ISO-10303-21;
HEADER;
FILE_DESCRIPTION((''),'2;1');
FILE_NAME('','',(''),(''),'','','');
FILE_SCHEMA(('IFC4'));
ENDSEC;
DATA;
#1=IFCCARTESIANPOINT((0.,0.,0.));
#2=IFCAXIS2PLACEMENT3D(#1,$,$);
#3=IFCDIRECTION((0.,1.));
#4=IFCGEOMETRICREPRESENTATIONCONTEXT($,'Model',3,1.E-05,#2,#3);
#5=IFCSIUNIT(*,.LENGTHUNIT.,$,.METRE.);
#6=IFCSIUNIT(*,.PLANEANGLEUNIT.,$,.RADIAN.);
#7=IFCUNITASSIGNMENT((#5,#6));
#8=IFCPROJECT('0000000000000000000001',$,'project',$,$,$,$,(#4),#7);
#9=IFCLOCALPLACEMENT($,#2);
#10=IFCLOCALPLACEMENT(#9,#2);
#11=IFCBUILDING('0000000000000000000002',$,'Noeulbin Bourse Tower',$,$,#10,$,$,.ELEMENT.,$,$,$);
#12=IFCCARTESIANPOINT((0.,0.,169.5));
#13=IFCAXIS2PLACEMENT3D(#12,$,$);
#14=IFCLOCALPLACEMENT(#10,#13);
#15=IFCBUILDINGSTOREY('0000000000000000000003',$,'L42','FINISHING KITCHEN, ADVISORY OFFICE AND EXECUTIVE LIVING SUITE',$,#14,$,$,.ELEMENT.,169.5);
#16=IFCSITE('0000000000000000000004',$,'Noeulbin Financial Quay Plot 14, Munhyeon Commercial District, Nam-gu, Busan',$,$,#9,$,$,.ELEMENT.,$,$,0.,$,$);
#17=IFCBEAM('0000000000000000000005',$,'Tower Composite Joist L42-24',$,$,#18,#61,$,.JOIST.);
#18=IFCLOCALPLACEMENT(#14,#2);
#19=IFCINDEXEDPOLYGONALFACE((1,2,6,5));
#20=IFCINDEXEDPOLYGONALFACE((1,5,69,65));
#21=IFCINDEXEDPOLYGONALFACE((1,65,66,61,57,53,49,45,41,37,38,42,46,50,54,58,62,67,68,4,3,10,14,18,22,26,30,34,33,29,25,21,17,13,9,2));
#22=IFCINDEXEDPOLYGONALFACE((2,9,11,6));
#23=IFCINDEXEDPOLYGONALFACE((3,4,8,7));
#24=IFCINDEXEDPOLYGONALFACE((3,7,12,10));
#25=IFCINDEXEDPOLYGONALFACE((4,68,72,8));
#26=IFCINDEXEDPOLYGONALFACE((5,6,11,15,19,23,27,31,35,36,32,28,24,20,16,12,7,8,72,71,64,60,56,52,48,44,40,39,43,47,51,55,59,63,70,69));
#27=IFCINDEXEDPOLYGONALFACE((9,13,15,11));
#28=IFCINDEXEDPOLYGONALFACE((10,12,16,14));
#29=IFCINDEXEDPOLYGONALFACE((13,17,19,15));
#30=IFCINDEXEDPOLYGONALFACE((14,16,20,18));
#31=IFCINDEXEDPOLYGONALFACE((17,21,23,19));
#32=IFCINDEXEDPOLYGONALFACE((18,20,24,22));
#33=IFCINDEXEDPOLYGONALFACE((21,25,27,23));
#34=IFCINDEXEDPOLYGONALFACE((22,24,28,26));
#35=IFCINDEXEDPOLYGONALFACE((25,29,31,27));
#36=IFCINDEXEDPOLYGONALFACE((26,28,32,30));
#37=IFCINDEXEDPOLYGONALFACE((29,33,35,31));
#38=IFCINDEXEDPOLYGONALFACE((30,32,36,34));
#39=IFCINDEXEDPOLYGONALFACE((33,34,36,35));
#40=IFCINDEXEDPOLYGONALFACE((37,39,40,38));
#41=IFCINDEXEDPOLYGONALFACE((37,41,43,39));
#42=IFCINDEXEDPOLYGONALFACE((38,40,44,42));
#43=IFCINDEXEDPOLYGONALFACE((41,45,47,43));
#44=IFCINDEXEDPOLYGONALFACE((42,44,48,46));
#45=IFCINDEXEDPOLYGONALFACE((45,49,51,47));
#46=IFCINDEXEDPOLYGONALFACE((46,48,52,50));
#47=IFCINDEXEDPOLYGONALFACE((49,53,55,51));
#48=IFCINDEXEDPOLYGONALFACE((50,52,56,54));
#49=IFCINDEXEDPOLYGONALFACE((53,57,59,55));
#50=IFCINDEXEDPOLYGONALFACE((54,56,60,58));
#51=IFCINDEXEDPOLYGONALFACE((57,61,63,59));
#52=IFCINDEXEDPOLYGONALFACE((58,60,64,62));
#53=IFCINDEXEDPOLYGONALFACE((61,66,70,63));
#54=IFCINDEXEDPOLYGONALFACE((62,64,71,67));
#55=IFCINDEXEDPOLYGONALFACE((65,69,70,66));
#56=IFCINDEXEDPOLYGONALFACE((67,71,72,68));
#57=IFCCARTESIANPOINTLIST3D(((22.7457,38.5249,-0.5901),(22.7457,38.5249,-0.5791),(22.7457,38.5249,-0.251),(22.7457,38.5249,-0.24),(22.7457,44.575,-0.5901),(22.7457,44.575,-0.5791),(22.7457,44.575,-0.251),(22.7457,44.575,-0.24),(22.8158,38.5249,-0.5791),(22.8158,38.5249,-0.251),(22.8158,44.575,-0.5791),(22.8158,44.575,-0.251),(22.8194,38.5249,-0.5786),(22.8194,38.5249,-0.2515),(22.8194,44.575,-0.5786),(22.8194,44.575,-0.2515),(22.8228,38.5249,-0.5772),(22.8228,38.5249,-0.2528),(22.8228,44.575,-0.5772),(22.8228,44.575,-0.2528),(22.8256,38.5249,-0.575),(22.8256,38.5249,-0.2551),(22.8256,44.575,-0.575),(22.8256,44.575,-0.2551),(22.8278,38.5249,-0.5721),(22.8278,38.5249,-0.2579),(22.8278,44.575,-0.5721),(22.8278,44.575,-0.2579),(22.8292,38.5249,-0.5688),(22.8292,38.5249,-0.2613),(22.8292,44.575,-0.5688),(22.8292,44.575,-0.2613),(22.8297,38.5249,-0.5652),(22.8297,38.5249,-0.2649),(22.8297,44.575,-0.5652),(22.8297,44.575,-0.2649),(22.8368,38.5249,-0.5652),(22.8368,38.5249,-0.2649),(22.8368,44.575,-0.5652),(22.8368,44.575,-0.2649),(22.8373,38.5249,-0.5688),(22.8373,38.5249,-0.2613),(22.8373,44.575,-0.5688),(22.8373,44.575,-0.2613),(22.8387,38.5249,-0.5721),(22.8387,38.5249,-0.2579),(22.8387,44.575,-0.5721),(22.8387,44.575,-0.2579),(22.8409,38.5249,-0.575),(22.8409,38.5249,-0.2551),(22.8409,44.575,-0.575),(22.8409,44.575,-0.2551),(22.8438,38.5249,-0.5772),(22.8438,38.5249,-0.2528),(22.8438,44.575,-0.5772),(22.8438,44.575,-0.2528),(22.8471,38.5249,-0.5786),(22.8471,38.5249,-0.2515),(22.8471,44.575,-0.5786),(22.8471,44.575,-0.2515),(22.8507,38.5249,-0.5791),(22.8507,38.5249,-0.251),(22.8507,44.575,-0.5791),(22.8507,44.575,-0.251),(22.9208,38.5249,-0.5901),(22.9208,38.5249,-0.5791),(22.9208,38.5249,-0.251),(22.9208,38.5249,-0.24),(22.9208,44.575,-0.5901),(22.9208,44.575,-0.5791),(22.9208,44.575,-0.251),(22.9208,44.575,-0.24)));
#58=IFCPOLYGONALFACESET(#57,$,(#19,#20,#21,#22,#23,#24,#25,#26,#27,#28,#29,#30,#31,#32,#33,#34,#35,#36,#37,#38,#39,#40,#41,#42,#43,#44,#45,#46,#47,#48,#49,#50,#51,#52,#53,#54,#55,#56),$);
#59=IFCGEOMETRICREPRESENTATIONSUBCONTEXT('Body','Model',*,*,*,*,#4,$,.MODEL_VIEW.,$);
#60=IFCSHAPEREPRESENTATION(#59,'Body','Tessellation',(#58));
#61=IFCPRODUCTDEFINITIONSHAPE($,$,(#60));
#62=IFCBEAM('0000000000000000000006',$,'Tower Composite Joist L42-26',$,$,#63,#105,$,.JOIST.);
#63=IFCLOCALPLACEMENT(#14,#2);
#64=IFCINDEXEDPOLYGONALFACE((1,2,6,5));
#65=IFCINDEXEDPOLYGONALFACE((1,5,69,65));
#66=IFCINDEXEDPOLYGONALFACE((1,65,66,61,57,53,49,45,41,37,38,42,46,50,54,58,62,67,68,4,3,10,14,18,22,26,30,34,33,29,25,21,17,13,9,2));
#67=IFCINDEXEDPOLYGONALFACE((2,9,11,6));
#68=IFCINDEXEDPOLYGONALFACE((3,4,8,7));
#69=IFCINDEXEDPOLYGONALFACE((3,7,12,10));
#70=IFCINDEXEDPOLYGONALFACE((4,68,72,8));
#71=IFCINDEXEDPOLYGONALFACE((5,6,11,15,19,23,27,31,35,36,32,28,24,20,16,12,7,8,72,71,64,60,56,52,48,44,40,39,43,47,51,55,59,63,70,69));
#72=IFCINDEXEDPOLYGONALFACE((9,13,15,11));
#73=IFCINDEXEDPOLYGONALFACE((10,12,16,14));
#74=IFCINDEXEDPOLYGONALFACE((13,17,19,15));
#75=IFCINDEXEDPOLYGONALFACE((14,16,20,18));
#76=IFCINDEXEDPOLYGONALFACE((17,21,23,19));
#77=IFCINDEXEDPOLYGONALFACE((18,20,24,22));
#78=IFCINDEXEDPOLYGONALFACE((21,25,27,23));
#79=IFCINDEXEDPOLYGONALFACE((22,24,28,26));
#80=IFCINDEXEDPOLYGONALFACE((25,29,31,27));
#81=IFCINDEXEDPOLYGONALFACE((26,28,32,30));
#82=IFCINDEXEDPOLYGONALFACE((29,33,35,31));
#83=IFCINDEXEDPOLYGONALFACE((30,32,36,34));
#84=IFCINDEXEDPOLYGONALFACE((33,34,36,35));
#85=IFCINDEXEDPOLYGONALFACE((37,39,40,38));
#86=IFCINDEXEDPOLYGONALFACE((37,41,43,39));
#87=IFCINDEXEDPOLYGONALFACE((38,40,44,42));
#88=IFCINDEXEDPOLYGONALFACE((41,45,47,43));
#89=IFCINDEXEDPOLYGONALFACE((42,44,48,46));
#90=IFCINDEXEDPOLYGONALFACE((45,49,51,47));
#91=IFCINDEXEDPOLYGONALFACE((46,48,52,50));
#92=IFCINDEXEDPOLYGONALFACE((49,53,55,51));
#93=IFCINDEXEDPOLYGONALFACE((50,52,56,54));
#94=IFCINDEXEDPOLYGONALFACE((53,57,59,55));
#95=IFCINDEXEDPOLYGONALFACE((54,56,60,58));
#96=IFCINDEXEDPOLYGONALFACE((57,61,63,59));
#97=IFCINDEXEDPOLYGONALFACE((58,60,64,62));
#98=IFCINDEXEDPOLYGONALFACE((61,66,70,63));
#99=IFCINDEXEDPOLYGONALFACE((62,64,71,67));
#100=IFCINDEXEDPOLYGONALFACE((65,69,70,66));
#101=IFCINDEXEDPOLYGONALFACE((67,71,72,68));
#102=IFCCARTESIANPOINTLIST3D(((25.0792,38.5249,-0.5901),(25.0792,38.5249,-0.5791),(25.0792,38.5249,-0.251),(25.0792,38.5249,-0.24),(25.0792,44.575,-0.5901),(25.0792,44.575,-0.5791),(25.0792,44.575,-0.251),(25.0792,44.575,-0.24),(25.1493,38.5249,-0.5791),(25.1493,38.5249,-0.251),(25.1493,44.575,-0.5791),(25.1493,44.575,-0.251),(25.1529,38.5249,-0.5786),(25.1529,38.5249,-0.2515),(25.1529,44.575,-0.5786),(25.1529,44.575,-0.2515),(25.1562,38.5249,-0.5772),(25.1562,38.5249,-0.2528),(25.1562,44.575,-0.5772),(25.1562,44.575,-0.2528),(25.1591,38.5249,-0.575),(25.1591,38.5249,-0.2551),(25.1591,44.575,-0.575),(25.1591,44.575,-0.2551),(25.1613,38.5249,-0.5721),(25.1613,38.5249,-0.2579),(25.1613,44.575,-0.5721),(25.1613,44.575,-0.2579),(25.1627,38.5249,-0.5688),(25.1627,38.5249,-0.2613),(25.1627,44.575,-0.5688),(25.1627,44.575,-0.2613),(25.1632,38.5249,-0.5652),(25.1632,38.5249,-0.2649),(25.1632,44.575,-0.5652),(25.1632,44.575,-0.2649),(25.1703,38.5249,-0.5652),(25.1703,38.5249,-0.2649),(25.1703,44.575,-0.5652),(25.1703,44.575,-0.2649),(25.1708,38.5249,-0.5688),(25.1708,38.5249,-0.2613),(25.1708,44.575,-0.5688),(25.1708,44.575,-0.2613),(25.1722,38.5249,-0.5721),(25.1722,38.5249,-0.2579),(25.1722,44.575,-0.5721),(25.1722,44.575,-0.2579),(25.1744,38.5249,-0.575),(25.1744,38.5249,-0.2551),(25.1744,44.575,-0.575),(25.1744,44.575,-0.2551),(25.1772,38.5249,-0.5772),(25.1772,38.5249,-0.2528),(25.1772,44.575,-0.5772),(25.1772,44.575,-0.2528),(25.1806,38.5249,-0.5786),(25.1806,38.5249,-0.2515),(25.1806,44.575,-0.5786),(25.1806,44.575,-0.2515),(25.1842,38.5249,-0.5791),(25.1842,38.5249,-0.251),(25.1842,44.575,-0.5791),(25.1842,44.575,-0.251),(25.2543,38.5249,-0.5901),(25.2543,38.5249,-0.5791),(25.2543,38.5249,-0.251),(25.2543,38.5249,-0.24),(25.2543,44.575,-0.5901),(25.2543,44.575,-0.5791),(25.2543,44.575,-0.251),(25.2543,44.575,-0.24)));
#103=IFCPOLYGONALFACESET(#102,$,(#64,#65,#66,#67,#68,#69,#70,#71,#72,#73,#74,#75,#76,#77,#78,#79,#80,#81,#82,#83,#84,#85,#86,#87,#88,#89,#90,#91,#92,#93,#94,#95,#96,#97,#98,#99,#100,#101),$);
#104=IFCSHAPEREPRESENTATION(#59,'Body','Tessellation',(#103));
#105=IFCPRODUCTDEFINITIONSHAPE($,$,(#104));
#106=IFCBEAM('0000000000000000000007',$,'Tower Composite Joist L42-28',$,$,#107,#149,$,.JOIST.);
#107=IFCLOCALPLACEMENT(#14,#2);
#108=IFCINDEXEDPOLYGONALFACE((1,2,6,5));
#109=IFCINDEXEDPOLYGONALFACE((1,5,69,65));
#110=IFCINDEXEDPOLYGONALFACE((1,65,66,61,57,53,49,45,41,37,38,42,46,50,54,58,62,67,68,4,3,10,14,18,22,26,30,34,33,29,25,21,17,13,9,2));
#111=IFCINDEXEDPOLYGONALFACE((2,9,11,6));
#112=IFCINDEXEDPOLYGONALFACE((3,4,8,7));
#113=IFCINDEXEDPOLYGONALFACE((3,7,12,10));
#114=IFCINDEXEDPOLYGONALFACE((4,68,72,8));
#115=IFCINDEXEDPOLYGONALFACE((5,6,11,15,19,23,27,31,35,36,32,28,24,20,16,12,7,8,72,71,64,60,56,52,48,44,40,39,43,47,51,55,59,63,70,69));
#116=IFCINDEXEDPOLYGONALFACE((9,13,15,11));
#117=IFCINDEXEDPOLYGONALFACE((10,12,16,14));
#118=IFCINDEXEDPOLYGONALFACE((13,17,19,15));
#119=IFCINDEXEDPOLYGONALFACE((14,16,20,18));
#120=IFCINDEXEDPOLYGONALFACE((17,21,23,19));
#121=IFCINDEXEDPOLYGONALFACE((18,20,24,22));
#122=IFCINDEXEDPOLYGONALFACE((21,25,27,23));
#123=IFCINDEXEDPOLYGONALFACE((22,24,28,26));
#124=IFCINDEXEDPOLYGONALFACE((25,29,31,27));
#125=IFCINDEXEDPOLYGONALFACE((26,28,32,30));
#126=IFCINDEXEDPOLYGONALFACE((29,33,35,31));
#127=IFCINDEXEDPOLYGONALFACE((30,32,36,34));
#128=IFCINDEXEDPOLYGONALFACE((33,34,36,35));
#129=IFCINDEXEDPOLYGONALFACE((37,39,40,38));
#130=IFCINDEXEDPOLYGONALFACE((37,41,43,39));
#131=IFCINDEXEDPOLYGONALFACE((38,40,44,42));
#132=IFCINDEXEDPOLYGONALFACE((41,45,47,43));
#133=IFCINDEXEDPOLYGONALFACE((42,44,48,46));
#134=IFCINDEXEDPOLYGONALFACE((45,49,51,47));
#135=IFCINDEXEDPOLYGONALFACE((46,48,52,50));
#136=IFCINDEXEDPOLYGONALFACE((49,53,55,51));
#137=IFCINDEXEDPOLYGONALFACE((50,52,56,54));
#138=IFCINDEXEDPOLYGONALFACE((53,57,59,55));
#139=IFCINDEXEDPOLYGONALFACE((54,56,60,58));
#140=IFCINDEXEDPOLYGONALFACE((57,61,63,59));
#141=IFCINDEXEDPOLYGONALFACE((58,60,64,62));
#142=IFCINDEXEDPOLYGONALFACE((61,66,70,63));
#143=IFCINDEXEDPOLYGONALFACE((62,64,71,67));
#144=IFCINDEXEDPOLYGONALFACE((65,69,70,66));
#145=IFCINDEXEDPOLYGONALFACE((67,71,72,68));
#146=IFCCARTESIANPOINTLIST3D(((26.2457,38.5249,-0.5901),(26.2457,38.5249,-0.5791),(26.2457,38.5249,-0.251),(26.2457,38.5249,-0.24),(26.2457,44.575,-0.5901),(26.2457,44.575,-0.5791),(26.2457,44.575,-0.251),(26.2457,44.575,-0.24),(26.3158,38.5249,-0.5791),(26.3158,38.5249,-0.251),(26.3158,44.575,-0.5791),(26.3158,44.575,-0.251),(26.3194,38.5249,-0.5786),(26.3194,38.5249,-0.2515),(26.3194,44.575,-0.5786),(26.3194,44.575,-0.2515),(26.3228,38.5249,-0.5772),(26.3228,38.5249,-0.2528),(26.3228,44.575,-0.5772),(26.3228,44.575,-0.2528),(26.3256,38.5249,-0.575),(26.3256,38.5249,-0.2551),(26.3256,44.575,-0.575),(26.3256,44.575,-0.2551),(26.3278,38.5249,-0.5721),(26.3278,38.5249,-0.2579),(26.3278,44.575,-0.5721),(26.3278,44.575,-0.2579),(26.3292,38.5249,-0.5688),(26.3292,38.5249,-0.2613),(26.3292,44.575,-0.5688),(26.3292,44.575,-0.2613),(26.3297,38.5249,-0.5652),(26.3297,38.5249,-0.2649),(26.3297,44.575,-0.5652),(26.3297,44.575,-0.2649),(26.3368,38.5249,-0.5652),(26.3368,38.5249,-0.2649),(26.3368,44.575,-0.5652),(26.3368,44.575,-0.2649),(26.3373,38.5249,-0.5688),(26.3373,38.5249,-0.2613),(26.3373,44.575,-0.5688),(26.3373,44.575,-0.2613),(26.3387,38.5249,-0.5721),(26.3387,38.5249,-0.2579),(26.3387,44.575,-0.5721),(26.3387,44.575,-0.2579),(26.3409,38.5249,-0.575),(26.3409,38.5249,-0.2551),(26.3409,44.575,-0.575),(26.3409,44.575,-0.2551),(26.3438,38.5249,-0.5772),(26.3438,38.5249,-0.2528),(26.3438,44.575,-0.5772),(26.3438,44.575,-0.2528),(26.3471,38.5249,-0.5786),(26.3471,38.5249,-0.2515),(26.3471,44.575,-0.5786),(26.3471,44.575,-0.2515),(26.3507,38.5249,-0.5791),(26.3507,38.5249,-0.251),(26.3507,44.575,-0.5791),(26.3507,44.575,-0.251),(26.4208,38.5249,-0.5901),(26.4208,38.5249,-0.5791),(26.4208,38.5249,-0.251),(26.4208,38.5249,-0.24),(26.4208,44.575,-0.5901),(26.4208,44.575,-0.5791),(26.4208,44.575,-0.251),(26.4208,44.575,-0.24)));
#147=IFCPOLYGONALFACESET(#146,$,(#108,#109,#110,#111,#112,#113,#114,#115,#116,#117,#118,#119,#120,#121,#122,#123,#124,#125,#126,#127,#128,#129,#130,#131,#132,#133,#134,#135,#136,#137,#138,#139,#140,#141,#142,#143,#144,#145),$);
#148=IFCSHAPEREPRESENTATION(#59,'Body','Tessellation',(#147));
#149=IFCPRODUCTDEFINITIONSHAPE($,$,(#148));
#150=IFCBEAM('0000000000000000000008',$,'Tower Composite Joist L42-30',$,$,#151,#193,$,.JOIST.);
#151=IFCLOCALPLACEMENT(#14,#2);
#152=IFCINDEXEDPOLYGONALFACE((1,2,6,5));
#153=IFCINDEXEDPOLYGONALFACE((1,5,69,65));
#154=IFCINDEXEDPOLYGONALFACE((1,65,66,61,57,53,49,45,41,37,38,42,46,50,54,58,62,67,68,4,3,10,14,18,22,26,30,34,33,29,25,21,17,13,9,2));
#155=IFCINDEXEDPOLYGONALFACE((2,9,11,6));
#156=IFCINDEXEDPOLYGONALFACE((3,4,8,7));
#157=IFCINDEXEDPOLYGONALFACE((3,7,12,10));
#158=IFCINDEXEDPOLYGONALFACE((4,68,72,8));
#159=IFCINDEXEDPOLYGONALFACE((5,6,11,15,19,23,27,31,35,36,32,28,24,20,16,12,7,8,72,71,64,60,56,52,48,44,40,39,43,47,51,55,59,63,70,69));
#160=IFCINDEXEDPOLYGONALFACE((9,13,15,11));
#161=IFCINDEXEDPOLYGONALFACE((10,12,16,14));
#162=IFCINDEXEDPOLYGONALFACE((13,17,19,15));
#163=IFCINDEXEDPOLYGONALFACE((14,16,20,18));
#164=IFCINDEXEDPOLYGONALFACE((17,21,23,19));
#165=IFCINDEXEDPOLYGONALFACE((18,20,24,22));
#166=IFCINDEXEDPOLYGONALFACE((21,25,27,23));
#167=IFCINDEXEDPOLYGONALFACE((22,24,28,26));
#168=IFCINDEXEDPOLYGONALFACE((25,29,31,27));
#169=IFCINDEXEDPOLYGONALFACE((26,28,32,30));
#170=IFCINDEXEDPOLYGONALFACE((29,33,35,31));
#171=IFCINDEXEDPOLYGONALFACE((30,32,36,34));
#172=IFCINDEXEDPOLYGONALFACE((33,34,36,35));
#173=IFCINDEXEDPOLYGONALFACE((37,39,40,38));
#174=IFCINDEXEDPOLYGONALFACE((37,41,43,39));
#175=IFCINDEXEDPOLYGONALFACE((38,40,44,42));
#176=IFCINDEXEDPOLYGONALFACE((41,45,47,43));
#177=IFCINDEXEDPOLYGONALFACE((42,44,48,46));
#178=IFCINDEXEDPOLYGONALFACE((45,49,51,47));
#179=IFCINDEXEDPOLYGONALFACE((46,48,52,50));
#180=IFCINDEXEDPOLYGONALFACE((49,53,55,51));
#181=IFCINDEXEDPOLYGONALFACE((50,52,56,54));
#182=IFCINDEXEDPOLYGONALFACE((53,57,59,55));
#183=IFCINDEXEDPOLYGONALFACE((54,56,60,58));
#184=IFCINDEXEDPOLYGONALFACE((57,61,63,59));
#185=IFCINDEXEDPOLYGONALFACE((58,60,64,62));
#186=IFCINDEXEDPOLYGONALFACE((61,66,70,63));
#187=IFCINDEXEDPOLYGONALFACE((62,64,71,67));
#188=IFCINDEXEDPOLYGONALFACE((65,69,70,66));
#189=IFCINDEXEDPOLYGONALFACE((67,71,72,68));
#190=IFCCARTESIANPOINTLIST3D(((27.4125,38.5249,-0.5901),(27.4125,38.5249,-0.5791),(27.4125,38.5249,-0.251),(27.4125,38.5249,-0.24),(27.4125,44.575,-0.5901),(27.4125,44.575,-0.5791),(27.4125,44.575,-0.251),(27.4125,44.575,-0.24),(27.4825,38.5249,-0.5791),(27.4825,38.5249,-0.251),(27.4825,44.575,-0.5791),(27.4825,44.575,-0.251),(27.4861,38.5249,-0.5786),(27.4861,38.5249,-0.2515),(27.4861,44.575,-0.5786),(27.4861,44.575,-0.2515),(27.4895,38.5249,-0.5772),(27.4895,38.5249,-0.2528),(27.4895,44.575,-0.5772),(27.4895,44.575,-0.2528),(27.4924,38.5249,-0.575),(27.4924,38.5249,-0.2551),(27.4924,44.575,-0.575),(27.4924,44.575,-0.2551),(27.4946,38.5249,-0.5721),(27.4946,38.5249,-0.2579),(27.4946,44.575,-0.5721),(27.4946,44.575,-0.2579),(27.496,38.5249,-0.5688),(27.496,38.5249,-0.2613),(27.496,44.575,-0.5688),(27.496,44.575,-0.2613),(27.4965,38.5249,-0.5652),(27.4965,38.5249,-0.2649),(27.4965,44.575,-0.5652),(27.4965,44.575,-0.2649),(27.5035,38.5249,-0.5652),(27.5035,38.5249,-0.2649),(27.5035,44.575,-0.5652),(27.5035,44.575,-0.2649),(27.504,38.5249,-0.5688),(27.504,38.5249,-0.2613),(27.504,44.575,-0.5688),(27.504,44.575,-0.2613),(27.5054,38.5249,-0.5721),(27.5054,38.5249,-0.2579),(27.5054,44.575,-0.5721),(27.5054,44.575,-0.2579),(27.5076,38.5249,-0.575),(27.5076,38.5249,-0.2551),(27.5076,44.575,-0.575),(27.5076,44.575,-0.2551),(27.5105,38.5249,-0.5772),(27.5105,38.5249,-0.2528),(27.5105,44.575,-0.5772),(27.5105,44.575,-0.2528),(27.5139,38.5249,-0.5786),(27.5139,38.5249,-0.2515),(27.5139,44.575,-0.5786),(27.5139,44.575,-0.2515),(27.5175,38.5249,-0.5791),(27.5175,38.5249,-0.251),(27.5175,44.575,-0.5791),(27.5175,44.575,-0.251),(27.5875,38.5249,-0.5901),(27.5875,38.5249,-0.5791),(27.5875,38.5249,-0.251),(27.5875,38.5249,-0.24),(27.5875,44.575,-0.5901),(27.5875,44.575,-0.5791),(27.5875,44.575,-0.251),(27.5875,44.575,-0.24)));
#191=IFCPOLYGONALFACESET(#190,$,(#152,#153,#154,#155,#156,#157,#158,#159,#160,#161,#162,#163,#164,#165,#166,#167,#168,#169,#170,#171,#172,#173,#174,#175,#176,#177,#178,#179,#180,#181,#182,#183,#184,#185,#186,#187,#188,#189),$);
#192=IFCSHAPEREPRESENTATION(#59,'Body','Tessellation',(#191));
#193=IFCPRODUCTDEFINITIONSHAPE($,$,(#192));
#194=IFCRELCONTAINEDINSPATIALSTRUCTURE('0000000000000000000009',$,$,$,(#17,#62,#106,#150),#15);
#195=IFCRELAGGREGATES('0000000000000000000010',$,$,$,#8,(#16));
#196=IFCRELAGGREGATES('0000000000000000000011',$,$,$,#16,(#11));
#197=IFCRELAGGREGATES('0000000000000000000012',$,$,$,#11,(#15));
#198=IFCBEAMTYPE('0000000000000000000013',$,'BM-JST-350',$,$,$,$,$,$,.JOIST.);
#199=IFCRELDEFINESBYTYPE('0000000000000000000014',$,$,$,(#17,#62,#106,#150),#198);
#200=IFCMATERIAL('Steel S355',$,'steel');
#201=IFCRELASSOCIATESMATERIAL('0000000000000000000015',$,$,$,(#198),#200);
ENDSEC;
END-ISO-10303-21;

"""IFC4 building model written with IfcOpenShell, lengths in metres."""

from ifc_helpers import new_model, si_unit, direction, frame, origin, origin_2d, place, context, subcontext, project, spatial, i_section, extrude, material, material_profile, profile_set, type_object, element, save


model = new_model("IFC4")

# Units and contexts
model_context = context("Model", 3, precision=1e-05, world=origin(), true_north=direction((0.0, 1.0)))
body_context = subcontext(model_context, "Body", "Model", "MODEL_VIEW")
ifc_project = project(units=[si_unit("LENGTHUNIT", "METRE"), si_unit("PLANEANGLEUNIT", "RADIAN")], contexts=[model_context])

# Site, building, storey
site_placement = place(None, origin())
site = spatial("IfcSite", under=ifc_project, at=site_placement, Name="Noeulbin Financial Quay Plot 14, Munhyeon Commercial District, Nam-gu, Busan", CompositionType="ELEMENT", RefElevation=0.0)
building_placement = place(site_placement, origin())
building = spatial("IfcBuilding", under=site, at=building_placement, Name="Noeulbin Bourse Tower", CompositionType="ELEMENT")
storey_placement = place(building_placement, frame((0.0, 0.0, 169.5)))
storey = spatial("IfcBuildingStorey", under=building, at=storey_placement, Name="L42", Description="FINISHING KITCHEN, ADVISORY OFFICE AND EXECUTIVE LIVING SUITE", CompositionType="ELEMENT", Elevation=169.5)

# Shared definitions
ifc_material_1 = material(Name="Steel S355", Category="steel")

# Beams
ifc_material_profile_1 = material_profile(ifc_material_1, i_section(OverallWidth=0.175, OverallDepth=0.3501, WebThickness=0.0071, FlangeThickness=0.011, FilletRadius=0.0139, at=origin_2d()), Name="H-350x175x7x11", Category="LoadBearing")
ifc_profile_set_1 = profile_set([ifc_material_profile_1], Name="Steel S355")
beam_type_1 = type_object("IfcBeamType", Name="BM-JST-350", PredefinedType="JOIST", material=ifc_profile_set_1)
for number, where, z_axis, x_axis, name in (
    (1, (22.8333, 38.5249, -0.415), (0.0, 1.0, 0.0), (-1.0, 0.0, 0.0), "Tower Composite Joist L42-24"),
    (2, (25.1667, 38.5249, -0.415), (0.0, 1.0, 0.0), (-1.0, 0.0, 0.0), "Tower Composite Joist L42-26"),
    (3, (26.3333, 38.5249, -0.415), (0.0, 1.0, 0.0), (-1.0, 0.0, 0.0), "Tower Composite Joist L42-28"),
    (4, (27.5, 38.5249, -0.415), (0.0, 1.0, 0.0), (-1.0, 0.0, 0.0), "Tower Composite Joist L42-30"),
):
    element("IfcBeam", number, at=place(storey_placement, frame(where, z_axis=z_axis, x_axis=x_axis)), inside=storey, type_object=beam_type_1, Name=name, PredefinedType="JOIST", context=body_context, shape_type="SweptSolid", body=[
        extrude(i_section(OverallWidth=0.175, OverallDepth=0.3501, WebThickness=0.0071, FlangeThickness=0.011, FilletRadius=0.0139, at=origin_2d()), origin(), (0.0, 0.0, 1.0), 6.05),
    ])

save(model, "model.ifc")
